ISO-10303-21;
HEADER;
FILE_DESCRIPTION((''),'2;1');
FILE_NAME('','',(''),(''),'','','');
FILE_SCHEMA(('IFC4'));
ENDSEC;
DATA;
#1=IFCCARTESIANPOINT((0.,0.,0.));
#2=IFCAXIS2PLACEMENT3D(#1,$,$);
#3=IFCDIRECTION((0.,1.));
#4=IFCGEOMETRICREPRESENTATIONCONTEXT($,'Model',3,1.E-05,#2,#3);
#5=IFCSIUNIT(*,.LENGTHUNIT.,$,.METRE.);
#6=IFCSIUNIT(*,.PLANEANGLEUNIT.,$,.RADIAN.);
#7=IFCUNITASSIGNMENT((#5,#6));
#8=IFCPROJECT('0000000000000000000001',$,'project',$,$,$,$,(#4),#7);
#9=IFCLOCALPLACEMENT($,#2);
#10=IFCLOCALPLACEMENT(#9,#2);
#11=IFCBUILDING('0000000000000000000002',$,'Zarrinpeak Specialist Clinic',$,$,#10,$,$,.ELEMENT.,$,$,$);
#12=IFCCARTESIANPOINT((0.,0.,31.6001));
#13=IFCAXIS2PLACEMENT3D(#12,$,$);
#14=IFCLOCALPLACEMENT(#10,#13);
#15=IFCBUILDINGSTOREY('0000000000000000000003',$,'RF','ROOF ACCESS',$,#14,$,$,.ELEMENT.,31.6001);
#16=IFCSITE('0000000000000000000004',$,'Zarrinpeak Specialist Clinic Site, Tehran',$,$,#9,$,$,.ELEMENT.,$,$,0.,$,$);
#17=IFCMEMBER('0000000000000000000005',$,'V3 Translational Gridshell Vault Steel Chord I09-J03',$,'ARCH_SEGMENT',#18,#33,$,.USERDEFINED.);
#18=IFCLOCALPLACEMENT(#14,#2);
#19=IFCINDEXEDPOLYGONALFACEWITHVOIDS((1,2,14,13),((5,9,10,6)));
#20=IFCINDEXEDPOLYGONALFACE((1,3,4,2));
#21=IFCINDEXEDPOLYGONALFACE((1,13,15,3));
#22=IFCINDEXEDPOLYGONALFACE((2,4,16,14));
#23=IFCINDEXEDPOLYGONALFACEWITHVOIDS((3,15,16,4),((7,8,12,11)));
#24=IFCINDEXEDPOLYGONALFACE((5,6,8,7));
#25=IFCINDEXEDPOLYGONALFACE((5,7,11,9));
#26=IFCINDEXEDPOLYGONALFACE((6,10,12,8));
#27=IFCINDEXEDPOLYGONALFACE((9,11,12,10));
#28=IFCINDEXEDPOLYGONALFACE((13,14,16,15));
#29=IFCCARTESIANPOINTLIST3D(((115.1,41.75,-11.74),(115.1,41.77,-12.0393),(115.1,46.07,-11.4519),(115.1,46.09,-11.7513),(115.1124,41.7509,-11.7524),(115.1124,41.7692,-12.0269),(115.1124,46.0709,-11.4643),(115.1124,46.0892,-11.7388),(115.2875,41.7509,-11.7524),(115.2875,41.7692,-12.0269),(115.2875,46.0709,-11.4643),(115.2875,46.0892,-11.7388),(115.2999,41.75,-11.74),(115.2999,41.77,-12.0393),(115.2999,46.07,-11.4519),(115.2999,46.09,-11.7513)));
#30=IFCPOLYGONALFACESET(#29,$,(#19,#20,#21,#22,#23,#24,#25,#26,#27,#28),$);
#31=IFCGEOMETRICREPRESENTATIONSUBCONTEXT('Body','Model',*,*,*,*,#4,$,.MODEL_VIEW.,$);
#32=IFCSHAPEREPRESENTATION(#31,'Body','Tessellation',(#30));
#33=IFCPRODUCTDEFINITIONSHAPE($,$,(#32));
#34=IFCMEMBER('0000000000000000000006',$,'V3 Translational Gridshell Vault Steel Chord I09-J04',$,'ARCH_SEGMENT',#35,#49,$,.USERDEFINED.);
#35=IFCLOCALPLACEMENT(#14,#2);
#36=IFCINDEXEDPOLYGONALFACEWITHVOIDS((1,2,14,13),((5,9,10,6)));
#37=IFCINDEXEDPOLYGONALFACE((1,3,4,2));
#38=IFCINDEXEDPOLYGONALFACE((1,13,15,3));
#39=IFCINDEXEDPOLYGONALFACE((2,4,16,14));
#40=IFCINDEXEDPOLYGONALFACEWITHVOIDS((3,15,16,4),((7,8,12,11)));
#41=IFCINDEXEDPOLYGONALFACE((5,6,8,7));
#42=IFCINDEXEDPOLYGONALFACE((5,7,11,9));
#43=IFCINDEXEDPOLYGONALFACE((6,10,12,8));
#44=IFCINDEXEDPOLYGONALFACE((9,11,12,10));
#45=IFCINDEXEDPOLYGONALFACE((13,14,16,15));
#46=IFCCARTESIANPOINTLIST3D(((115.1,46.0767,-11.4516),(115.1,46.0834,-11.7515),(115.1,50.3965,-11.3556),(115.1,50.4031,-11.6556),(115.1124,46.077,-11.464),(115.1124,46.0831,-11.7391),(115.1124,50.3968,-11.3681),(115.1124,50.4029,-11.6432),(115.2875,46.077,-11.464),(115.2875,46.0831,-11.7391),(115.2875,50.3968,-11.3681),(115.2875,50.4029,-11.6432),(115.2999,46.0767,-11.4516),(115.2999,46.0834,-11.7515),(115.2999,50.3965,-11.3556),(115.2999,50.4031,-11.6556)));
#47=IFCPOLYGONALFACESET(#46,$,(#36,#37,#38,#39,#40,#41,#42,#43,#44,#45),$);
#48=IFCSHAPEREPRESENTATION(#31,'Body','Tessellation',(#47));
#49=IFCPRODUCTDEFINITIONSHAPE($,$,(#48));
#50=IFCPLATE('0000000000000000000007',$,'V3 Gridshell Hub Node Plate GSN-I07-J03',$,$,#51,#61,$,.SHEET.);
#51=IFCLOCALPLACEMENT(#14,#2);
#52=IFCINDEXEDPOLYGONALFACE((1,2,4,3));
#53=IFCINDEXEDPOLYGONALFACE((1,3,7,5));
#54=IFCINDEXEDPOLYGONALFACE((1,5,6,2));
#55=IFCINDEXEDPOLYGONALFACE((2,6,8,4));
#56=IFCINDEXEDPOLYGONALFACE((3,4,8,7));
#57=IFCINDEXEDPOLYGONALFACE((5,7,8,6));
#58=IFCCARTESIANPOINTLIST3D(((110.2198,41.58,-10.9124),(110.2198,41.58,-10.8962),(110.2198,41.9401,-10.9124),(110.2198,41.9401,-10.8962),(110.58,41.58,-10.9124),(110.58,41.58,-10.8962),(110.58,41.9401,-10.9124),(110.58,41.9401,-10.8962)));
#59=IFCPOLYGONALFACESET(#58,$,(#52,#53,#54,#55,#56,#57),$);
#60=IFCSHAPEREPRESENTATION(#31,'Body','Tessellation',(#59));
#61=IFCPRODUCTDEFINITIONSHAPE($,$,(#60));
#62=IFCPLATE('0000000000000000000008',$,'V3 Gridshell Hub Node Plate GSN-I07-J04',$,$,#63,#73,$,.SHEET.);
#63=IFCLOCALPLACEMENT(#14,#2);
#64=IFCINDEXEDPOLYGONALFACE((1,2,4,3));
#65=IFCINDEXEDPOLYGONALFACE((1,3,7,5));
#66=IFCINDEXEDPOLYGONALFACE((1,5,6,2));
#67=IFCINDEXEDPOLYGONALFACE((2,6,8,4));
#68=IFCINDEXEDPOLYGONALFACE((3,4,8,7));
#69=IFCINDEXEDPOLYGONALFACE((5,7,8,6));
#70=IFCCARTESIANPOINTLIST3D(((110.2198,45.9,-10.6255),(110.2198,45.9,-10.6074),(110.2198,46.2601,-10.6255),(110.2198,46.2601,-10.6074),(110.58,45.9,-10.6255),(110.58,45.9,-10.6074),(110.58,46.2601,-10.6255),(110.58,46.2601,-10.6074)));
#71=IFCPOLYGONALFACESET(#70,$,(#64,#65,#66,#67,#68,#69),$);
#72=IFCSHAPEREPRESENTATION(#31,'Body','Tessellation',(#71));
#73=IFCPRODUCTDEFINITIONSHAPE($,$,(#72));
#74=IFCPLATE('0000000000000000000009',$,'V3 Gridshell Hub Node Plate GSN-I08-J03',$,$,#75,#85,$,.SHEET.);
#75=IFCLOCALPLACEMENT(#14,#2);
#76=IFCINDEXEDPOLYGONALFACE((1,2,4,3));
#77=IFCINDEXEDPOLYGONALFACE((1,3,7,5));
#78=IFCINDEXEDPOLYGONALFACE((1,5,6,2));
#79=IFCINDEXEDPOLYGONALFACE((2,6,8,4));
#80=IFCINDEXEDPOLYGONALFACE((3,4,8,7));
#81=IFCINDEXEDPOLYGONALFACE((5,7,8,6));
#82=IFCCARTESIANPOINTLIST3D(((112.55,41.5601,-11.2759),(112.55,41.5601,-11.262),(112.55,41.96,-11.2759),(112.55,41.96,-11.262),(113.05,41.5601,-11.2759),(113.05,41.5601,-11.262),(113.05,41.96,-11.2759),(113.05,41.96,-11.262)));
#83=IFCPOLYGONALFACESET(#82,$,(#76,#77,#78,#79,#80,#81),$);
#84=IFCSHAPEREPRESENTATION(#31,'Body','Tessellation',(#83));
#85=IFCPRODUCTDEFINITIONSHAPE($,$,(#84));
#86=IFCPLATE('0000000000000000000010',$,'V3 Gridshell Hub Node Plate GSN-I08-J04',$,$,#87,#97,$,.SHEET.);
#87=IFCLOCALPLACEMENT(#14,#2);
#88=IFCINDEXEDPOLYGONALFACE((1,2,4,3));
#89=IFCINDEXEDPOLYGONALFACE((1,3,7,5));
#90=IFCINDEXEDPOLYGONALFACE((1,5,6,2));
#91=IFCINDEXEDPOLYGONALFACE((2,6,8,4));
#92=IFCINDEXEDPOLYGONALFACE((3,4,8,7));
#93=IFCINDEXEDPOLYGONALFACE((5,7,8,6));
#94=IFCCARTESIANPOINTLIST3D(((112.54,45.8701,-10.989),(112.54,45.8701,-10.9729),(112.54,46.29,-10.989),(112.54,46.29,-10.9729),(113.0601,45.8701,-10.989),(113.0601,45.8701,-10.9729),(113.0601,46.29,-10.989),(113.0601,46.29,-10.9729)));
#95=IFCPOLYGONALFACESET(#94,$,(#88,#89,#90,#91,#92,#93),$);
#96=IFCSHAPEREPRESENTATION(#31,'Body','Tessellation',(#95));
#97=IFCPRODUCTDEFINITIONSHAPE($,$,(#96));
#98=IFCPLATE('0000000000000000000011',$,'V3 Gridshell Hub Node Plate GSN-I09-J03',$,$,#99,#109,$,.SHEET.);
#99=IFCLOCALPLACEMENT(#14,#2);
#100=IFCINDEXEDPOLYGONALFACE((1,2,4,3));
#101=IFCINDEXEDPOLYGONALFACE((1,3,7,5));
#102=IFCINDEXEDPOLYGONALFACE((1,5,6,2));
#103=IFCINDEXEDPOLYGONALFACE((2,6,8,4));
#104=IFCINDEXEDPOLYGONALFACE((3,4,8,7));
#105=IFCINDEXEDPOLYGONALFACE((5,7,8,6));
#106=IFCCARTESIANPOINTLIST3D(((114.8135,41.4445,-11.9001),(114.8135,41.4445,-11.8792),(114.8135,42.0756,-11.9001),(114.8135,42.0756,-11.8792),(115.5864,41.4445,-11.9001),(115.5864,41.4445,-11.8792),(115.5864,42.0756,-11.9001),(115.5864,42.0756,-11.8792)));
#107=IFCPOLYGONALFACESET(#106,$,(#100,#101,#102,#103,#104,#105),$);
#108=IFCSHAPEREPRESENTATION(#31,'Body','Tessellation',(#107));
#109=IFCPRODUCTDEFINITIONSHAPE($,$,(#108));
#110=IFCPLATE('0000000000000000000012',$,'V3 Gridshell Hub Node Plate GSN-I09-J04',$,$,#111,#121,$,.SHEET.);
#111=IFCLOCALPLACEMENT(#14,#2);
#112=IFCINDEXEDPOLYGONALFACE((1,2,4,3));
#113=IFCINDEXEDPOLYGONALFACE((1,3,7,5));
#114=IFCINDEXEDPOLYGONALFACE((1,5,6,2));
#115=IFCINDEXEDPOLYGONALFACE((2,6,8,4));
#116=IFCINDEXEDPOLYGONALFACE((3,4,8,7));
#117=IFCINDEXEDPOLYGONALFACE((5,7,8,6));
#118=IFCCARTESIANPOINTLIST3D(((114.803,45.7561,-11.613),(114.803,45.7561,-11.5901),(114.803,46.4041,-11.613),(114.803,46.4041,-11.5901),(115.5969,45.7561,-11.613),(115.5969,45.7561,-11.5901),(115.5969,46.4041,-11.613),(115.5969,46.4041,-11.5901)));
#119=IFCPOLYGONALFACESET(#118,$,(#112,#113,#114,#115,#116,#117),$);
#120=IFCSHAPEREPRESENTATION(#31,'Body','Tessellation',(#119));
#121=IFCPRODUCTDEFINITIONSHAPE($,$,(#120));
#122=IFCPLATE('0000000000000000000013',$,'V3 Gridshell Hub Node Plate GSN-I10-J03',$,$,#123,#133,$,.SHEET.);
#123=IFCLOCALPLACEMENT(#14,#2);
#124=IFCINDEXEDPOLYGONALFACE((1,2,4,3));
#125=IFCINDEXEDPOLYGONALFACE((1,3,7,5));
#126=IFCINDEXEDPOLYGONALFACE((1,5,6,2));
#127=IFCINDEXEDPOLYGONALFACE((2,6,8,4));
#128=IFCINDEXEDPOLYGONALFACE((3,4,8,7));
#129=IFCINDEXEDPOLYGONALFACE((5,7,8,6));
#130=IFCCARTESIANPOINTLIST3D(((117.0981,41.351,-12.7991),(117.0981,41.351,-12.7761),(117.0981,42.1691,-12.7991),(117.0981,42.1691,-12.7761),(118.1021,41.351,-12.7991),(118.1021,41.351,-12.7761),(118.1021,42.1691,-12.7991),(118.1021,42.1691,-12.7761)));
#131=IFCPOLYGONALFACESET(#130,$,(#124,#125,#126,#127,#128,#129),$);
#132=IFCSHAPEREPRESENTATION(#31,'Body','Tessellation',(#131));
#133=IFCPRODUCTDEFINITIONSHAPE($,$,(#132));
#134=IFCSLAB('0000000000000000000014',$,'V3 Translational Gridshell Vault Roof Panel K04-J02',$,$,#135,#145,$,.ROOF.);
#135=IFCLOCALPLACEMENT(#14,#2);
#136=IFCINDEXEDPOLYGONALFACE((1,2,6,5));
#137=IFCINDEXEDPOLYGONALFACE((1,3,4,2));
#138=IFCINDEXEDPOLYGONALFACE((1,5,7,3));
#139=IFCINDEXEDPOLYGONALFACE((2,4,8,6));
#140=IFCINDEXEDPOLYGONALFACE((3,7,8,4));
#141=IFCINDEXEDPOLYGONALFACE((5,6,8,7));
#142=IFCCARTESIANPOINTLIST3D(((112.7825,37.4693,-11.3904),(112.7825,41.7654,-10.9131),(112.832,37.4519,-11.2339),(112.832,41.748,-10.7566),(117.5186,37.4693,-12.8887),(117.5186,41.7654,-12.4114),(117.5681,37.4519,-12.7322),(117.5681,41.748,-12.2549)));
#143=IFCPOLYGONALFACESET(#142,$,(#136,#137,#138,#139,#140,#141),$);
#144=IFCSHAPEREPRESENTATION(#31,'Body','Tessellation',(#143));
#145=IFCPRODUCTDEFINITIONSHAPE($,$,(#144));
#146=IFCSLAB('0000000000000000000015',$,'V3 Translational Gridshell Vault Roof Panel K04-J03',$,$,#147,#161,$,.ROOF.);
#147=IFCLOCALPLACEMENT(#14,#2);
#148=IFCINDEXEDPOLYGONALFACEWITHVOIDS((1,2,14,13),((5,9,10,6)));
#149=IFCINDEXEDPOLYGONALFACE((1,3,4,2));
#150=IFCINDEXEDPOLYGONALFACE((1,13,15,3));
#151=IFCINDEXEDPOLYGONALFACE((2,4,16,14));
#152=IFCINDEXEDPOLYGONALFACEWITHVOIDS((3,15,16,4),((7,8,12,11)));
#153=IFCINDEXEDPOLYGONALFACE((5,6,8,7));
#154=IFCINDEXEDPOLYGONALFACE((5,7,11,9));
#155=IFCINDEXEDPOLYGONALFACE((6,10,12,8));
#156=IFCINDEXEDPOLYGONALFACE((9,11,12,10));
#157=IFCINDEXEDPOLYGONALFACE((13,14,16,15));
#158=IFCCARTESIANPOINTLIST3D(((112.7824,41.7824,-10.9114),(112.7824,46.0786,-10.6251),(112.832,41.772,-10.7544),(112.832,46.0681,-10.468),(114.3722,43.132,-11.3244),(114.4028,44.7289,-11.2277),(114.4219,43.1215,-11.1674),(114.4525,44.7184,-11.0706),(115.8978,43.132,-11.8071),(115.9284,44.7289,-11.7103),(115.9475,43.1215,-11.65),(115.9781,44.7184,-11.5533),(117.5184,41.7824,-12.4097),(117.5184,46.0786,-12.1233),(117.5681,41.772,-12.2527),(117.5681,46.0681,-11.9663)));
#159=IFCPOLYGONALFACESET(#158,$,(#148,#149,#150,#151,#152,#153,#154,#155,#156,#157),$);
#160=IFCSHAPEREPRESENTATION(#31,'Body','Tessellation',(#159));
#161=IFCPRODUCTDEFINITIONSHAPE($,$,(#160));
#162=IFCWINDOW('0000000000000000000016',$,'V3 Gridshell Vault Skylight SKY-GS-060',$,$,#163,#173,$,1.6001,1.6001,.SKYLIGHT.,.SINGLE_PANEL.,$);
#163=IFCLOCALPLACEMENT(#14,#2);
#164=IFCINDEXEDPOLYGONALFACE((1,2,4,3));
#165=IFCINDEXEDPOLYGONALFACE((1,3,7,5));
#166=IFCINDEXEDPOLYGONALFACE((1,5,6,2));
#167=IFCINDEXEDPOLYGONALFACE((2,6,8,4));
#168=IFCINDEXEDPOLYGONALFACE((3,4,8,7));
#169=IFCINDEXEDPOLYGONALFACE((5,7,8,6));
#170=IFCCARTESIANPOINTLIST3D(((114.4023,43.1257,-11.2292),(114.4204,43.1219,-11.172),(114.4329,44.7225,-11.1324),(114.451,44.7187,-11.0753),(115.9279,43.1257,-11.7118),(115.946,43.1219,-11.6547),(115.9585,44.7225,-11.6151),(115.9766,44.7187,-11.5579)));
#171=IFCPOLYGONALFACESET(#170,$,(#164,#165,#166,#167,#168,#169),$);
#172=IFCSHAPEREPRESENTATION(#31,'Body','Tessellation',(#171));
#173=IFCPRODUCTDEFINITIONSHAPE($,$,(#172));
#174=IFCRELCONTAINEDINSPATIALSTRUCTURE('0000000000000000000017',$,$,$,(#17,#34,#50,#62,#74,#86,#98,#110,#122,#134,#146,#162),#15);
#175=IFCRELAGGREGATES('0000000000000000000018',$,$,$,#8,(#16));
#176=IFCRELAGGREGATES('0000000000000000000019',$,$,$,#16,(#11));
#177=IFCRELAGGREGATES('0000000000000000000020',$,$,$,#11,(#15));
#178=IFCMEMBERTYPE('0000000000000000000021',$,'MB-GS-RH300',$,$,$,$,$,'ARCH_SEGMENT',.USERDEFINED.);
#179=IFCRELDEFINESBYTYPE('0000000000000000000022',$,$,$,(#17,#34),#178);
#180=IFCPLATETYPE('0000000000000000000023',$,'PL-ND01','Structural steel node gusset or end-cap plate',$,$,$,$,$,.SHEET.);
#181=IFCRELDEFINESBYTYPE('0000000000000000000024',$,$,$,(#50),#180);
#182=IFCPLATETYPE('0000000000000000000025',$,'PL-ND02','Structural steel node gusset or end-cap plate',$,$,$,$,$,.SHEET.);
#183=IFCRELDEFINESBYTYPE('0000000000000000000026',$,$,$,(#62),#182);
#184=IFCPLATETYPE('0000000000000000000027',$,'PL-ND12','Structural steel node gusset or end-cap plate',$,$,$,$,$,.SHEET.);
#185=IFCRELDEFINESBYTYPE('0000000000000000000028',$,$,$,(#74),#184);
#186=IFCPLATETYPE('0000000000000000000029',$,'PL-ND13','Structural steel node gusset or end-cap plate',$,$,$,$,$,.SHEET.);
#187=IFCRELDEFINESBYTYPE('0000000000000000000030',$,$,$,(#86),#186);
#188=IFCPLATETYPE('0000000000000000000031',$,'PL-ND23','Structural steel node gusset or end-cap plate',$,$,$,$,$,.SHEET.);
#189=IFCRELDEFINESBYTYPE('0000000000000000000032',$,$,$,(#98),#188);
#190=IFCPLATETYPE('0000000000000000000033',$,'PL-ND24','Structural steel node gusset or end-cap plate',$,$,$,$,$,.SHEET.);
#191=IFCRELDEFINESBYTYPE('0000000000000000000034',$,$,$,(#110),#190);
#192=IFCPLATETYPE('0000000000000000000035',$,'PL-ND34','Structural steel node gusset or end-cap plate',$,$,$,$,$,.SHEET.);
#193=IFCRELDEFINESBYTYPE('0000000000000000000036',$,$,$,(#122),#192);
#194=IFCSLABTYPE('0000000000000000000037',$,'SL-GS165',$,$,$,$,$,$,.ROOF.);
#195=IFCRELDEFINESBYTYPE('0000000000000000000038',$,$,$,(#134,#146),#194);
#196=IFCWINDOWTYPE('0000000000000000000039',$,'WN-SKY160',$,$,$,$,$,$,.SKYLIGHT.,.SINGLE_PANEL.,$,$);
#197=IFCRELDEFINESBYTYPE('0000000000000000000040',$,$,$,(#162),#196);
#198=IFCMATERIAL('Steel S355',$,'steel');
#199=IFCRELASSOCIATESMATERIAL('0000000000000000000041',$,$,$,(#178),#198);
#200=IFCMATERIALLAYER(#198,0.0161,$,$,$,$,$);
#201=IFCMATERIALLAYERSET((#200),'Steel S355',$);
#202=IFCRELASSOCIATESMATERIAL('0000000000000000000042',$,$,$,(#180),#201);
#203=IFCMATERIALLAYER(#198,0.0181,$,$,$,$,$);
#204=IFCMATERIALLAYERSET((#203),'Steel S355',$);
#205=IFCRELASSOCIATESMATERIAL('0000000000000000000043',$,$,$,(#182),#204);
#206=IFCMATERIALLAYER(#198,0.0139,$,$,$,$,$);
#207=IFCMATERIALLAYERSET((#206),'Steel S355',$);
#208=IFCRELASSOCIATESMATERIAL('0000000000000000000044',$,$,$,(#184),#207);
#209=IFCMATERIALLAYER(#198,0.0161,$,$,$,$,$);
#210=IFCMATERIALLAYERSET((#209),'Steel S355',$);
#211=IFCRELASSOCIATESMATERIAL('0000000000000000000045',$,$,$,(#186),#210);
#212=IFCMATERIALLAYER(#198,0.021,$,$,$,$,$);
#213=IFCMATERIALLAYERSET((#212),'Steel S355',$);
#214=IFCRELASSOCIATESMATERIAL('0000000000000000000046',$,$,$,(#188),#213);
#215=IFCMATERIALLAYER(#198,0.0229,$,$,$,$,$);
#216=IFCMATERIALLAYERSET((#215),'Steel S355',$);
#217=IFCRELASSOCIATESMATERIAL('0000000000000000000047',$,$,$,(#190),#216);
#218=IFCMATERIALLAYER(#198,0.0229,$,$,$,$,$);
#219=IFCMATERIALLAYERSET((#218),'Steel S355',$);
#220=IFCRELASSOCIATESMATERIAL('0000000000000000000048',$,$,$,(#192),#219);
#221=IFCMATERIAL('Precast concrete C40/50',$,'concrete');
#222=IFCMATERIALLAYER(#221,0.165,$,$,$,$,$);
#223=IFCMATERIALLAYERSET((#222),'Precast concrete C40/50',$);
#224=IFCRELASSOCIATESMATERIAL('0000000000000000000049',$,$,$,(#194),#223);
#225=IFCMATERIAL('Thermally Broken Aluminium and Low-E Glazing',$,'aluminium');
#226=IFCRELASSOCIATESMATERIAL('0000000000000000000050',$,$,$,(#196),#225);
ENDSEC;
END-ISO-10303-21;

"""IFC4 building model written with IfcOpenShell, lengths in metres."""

from ifc_helpers import new_model, si_unit, direction, frame, origin, origin_2d, place, context, subcontext, project, spatial, polyline, rectangle, hollow_rectangle, outline, extrude, material, layer, layer_set, material_profile, profile_set, type_object, element, fill, save


model = new_model("IFC4")

# Units and contexts
model_context = context("Model", 3, precision=1e-05, world=origin(), true_north=direction((0.0, 1.0)))
body_context = subcontext(model_context, "Body", "Model", "MODEL_VIEW")
ifc_project = project(units=[si_unit("LENGTHUNIT", "METRE"), si_unit("PLANEANGLEUNIT", "RADIAN")], contexts=[model_context])

# Site, building, storey
site_placement = place(None, origin())
site = spatial("IfcSite", under=ifc_project, at=site_placement, Name="Zarrinpeak Specialist Clinic Site, Tehran", CompositionType="ELEMENT", RefElevation=0.0)
building_placement = place(site_placement, origin())
building = spatial("IfcBuilding", under=site, at=building_placement, Name="Zarrinpeak Specialist Clinic", CompositionType="ELEMENT")
storey_placement = place(building_placement, frame((0.0, 0.0, 31.6001)))
storey = spatial("IfcBuildingStorey", under=building, at=storey_placement, Name="RF", Description="ROOF ACCESS", CompositionType="ELEMENT", Elevation=31.6001)

# Members
ifc_material_1 = material(Name="Steel S355", Category="steel")
ifc_material_profile_1 = material_profile(ifc_material_1, hollow_rectangle(XDim=0.2, YDim=0.3, WallThickness=0.0125, at=origin_2d()), Name="RHS 300x200x12.5")
ifc_profile_set_1 = profile_set([ifc_material_profile_1], Name="Steel S355")
member_type_1 = type_object("IfcMemberType", Name="MB-GS-RH300", ElementType="ARCH_SEGMENT", PredefinedType="USERDEFINED", material=ifc_profile_set_1)
member_1_placement = place(storey_placement, frame((115.2, 41.76, -11.8896), z_axis=(0.0, 0.997784, 0.066538), x_axis=(-1.0, 0.0, 0.0)))
element("IfcMember", 1, at=member_1_placement, inside=storey, type_object=member_type_1, Name="V3 Translational Gridshell Vault Steel Chord I09-J03", ObjectType="ARCH_SEGMENT", PredefinedType="USERDEFINED", context=body_context, shape_type="SweptSolid", body=[
    extrude(hollow_rectangle(XDim=0.2, YDim=0.3, WallThickness=0.0125, at=origin_2d()), origin(), (0.0, 0.0, 1.0), 4.3296),
])
member_2_placement = place(storey_placement, frame((115.2, 46.0801, -11.6016), z_axis=(0.0, 0.999753, 0.022205), x_axis=(-1.0, 0.0, 0.0)))
element("IfcMember", 2, at=member_2_placement, inside=storey, type_object=member_type_1, Name="V3 Translational Gridshell Vault Steel Chord I09-J04", ObjectType="ARCH_SEGMENT", PredefinedType="USERDEFINED", context=body_context, shape_type="SweptSolid", body=[
    extrude(hollow_rectangle(XDim=0.2, YDim=0.3, WallThickness=0.0125, at=origin_2d()), origin(), (0.0, 0.0, 1.0), 4.3208),
])

# Plates
ifc_layer_1 = layer(ifc_material_1, 0.0161)
ifc_layer_set_1 = layer_set([ifc_layer_1], Name="Steel S355")
plate_type_1 = type_object("IfcPlateType", Name="PL-ND01", Description="Structural steel node gusset or end-cap plate", PredefinedType="SHEET", material=ifc_layer_set_1)
plate_1_placement = place(storey_placement, frame((110.3999, 41.76, -10.9124), z_axis=(0.0, 0.0, 1.0), x_axis=(1.0, 0.0, 0.0)))
element("IfcPlate", 3, at=plate_1_placement, inside=storey, type_object=plate_type_1, Name="V3 Gridshell Hub Node Plate GSN-I07-J03", PredefinedType="SHEET", context=body_context, shape_type="SweptSolid", body=[
    extrude(rectangle(XDim=0.3601, YDim=0.3601, at=origin_2d()), origin(), (0.0, 0.0, 1.0), 0.0161),
])
ifc_layer_2 = layer(ifc_material_1, 0.0181)
ifc_layer_set_2 = layer_set([ifc_layer_2], Name="Steel S355")
plate_type_2 = type_object("IfcPlateType", Name="PL-ND02", Description="Structural steel node gusset or end-cap plate", PredefinedType="SHEET", material=ifc_layer_set_2)
plate_2_placement = place(storey_placement, frame((110.3999, 46.0801, -10.6255), z_axis=(0.0, 0.0, 1.0), x_axis=(1.0, 0.0, 0.0)))
element("IfcPlate", 4, at=plate_2_placement, inside=storey, type_object=plate_type_2, Name="V3 Gridshell Hub Node Plate GSN-I07-J04", PredefinedType="SHEET", context=body_context, shape_type="SweptSolid", body=[
    extrude(rectangle(XDim=0.3601, YDim=0.3601, at=origin_2d()), origin(), (0.0, 0.0, 1.0), 0.0181),
])
ifc_layer_3 = layer(ifc_material_1, 0.0139)
ifc_layer_set_3 = layer_set([ifc_layer_3], Name="Steel S355")
plate_type_3 = type_object("IfcPlateType", Name="PL-ND12", Description="Structural steel node gusset or end-cap plate", PredefinedType="SHEET", material=ifc_layer_set_3)
plate_3_placement = place(storey_placement, frame((112.8, 41.76, -11.2759), z_axis=(0.0, 0.0, 1.0), x_axis=(1.0, 0.0, 0.0)))
element("IfcPlate", 5, at=plate_3_placement, inside=storey, type_object=plate_type_3, Name="V3 Gridshell Hub Node Plate GSN-I08-J03", PredefinedType="SHEET", context=body_context, shape_type="SweptSolid", body=[
    extrude(rectangle(XDim=0.5, YDim=0.3999, at=origin_2d()), origin(), (0.0, 0.0, 1.0), 0.0139),
])
ifc_layer_4 = layer(ifc_material_1, 0.0161)
ifc_layer_set_4 = layer_set([ifc_layer_4], Name="Steel S355")
plate_type_4 = type_object("IfcPlateType", Name="PL-ND13", Description="Structural steel node gusset or end-cap plate", PredefinedType="SHEET", material=ifc_layer_set_4)
plate_4_placement = place(storey_placement, frame((112.8, 46.0801, -10.989), z_axis=(0.0, 0.0, 1.0), x_axis=(1.0, 0.0, 0.0)))
element("IfcPlate", 6, at=plate_4_placement, inside=storey, type_object=plate_type_4, Name="V3 Gridshell Hub Node Plate GSN-I08-J04", PredefinedType="SHEET", context=body_context, shape_type="SweptSolid", body=[
    extrude(rectangle(XDim=0.52, YDim=0.4199, at=origin_2d()), origin(), (0.0, 0.0, 1.0), 0.0161),
])
ifc_layer_5 = layer(ifc_material_1, 0.021)
ifc_layer_set_5 = layer_set([ifc_layer_5], Name="Steel S355")
plate_type_5 = type_object("IfcPlateType", Name="PL-ND23", Description="Structural steel node gusset or end-cap plate", PredefinedType="SHEET", material=ifc_layer_set_5)
plate_5_placement = place(storey_placement, frame((115.2, 41.76, -11.9001), z_axis=(0.0, 0.0, 1.0), x_axis=(1.0, 0.0, 0.0)))
element("IfcPlate", 7, at=plate_5_placement, inside=storey, type_object=plate_type_5, Name="V3 Gridshell Hub Node Plate GSN-I09-J03", PredefinedType="SHEET", context=body_context, shape_type="SweptSolid", body=[
    extrude(rectangle(XDim=0.7729, YDim=0.6311, at=origin_2d()), origin(), (0.0, 0.0, 1.0), 0.021),
])
ifc_layer_6 = layer(ifc_material_1, 0.0229)
ifc_layer_set_6 = layer_set([ifc_layer_6], Name="Steel S355")
plate_type_6 = type_object("IfcPlateType", Name="PL-ND24", Description="Structural steel node gusset or end-cap plate", PredefinedType="SHEET", material=ifc_layer_set_6)
plate_6_placement = place(storey_placement, frame((115.2, 46.0801, -11.613), z_axis=(0.0, 0.0, 1.0), x_axis=(1.0, 0.0, 0.0)))
element("IfcPlate", 8, at=plate_6_placement, inside=storey, type_object=plate_type_6, Name="V3 Gridshell Hub Node Plate GSN-I09-J04", PredefinedType="SHEET", context=body_context, shape_type="SweptSolid", body=[
    extrude(rectangle(XDim=0.7939, YDim=0.6479, at=origin_2d()), origin(), (0.0, 0.0, 1.0), 0.0229),
])
ifc_layer_7 = layer(ifc_material_1, 0.0229)
ifc_layer_set_7 = layer_set([ifc_layer_7], Name="Steel S355")
plate_type_7 = type_object("IfcPlateType", Name="PL-ND34", Description="Structural steel node gusset or end-cap plate", PredefinedType="SHEET", material=ifc_layer_set_7)
plate_7_placement = place(storey_placement, frame((117.6001, 41.76, -12.7991), z_axis=(0.0, 0.0, 1.0), x_axis=(1.0, 0.0, 0.0)))
element("IfcPlate", 9, at=plate_7_placement, inside=storey, type_object=plate_type_7, Name="V3 Gridshell Hub Node Plate GSN-I10-J03", PredefinedType="SHEET", context=body_context, shape_type="SweptSolid", body=[
    extrude(rectangle(XDim=1.0039, YDim=0.8181, at=origin_2d()), origin(), (0.0, 0.0, 1.0), 0.0229),
])

# Slab
ifc_material_2 = material(Name="Precast concrete C40/50", Category="concrete")
ifc_layer_8 = layer(ifc_material_2, 0.165)
ifc_layer_set_8 = layer_set([ifc_layer_8], Name="Precast concrete C40/50")
slab_type = type_object("IfcSlabType", Name="SL-GS165", PredefinedType="ROOF", material=ifc_layer_set_8)
slab_1_placement = place(storey_placement, frame((112.832, 37.4519, -11.2339), z_axis=(0.299945, -0.105335, 0.948123), x_axis=(0.953427, 0.0, -0.301623)))
element("IfcSlab", 10, at=slab_1_placement, inside=storey, type_object=slab_type, Name="V3 Translational Gridshell Vault Roof Panel K04-J02", PredefinedType="ROOF", context=body_context, shape_type="SweptSolid", body=[
    extrude(outline(polyline([(0.0, 0.0), (4.9674, 0.0), (4.8235, 4.3202), (-0.144, 4.3202), (0.0, 0.0)])), origin(), (0.0, 0.0, -1.0), 0.165),
])

# Slab, opening, window
slab_2_placement = place(storey_placement, frame((112.832, 41.772, -10.7544), z_axis=(0.301016, -0.063427, 0.951508), x_axis=(0.953427, 0.0, -0.301623)))
slab_2 = element("IfcSlab", 11, at=slab_2_placement, inside=storey, type_object=slab_type, Name="V3 Translational Gridshell Vault Roof Panel K04-J03", PredefinedType="ROOF", context=body_context, shape_type="SweptSolid", body=[
    extrude(outline(polyline([(0.0, 0.0), (4.9674, 0.0), (4.8811, 4.3048), (-0.0864, 4.3048), (0.0, 0.0)])), origin(), (0.0, 0.0, -1.0), 0.165),
])
opening_placement = place(slab_2_placement, frame((2.4404, 2.1523, 0.0)))
opening = element("IfcOpeningElement", 12, at=opening_placement, cuts=slab_2, PredefinedType="OPENING", context=body_context, shape_type="SweptSolid", body=[
    extrude(rectangle(XDim=1.6001, YDim=1.6001, at=origin_2d()), frame((0.0, 0.0, 0.01), z_axis=(0.0, 0.0, 1.0), x_axis=(1.0, 0.0, 0.0)), (0.0, 0.0, -1.0), 0.1851),
])
ifc_material_3 = material(Name="Thermally Broken Aluminium and Low-E Glazing", Category="aluminium")
window_type = type_object("IfcWindowType", Name="WN-SKY160", PartitioningType="SINGLE_PANEL", PredefinedType="SKYLIGHT", material=ifc_material_3)
window_placement = place(opening_placement, frame((0.0, 0.0, -0.0049)))
window = element("IfcWindow", 13, at=window_placement, inside=storey, type_object=window_type, Name="V3 Gridshell Vault Skylight SKY-GS-060", OverallHeight=1.6001, OverallWidth=1.6001, PartitioningType="SINGLE_PANEL", PredefinedType="SKYLIGHT", context=body_context, shape_type="SweptSolid", body=[
    extrude(rectangle(XDim=1.6001, YDim=1.6001, at=origin_2d()), origin(), (0.0, 0.0, -1.0), 0.0601),
])
fill(opening, window)

save(model, "model.ifc")
